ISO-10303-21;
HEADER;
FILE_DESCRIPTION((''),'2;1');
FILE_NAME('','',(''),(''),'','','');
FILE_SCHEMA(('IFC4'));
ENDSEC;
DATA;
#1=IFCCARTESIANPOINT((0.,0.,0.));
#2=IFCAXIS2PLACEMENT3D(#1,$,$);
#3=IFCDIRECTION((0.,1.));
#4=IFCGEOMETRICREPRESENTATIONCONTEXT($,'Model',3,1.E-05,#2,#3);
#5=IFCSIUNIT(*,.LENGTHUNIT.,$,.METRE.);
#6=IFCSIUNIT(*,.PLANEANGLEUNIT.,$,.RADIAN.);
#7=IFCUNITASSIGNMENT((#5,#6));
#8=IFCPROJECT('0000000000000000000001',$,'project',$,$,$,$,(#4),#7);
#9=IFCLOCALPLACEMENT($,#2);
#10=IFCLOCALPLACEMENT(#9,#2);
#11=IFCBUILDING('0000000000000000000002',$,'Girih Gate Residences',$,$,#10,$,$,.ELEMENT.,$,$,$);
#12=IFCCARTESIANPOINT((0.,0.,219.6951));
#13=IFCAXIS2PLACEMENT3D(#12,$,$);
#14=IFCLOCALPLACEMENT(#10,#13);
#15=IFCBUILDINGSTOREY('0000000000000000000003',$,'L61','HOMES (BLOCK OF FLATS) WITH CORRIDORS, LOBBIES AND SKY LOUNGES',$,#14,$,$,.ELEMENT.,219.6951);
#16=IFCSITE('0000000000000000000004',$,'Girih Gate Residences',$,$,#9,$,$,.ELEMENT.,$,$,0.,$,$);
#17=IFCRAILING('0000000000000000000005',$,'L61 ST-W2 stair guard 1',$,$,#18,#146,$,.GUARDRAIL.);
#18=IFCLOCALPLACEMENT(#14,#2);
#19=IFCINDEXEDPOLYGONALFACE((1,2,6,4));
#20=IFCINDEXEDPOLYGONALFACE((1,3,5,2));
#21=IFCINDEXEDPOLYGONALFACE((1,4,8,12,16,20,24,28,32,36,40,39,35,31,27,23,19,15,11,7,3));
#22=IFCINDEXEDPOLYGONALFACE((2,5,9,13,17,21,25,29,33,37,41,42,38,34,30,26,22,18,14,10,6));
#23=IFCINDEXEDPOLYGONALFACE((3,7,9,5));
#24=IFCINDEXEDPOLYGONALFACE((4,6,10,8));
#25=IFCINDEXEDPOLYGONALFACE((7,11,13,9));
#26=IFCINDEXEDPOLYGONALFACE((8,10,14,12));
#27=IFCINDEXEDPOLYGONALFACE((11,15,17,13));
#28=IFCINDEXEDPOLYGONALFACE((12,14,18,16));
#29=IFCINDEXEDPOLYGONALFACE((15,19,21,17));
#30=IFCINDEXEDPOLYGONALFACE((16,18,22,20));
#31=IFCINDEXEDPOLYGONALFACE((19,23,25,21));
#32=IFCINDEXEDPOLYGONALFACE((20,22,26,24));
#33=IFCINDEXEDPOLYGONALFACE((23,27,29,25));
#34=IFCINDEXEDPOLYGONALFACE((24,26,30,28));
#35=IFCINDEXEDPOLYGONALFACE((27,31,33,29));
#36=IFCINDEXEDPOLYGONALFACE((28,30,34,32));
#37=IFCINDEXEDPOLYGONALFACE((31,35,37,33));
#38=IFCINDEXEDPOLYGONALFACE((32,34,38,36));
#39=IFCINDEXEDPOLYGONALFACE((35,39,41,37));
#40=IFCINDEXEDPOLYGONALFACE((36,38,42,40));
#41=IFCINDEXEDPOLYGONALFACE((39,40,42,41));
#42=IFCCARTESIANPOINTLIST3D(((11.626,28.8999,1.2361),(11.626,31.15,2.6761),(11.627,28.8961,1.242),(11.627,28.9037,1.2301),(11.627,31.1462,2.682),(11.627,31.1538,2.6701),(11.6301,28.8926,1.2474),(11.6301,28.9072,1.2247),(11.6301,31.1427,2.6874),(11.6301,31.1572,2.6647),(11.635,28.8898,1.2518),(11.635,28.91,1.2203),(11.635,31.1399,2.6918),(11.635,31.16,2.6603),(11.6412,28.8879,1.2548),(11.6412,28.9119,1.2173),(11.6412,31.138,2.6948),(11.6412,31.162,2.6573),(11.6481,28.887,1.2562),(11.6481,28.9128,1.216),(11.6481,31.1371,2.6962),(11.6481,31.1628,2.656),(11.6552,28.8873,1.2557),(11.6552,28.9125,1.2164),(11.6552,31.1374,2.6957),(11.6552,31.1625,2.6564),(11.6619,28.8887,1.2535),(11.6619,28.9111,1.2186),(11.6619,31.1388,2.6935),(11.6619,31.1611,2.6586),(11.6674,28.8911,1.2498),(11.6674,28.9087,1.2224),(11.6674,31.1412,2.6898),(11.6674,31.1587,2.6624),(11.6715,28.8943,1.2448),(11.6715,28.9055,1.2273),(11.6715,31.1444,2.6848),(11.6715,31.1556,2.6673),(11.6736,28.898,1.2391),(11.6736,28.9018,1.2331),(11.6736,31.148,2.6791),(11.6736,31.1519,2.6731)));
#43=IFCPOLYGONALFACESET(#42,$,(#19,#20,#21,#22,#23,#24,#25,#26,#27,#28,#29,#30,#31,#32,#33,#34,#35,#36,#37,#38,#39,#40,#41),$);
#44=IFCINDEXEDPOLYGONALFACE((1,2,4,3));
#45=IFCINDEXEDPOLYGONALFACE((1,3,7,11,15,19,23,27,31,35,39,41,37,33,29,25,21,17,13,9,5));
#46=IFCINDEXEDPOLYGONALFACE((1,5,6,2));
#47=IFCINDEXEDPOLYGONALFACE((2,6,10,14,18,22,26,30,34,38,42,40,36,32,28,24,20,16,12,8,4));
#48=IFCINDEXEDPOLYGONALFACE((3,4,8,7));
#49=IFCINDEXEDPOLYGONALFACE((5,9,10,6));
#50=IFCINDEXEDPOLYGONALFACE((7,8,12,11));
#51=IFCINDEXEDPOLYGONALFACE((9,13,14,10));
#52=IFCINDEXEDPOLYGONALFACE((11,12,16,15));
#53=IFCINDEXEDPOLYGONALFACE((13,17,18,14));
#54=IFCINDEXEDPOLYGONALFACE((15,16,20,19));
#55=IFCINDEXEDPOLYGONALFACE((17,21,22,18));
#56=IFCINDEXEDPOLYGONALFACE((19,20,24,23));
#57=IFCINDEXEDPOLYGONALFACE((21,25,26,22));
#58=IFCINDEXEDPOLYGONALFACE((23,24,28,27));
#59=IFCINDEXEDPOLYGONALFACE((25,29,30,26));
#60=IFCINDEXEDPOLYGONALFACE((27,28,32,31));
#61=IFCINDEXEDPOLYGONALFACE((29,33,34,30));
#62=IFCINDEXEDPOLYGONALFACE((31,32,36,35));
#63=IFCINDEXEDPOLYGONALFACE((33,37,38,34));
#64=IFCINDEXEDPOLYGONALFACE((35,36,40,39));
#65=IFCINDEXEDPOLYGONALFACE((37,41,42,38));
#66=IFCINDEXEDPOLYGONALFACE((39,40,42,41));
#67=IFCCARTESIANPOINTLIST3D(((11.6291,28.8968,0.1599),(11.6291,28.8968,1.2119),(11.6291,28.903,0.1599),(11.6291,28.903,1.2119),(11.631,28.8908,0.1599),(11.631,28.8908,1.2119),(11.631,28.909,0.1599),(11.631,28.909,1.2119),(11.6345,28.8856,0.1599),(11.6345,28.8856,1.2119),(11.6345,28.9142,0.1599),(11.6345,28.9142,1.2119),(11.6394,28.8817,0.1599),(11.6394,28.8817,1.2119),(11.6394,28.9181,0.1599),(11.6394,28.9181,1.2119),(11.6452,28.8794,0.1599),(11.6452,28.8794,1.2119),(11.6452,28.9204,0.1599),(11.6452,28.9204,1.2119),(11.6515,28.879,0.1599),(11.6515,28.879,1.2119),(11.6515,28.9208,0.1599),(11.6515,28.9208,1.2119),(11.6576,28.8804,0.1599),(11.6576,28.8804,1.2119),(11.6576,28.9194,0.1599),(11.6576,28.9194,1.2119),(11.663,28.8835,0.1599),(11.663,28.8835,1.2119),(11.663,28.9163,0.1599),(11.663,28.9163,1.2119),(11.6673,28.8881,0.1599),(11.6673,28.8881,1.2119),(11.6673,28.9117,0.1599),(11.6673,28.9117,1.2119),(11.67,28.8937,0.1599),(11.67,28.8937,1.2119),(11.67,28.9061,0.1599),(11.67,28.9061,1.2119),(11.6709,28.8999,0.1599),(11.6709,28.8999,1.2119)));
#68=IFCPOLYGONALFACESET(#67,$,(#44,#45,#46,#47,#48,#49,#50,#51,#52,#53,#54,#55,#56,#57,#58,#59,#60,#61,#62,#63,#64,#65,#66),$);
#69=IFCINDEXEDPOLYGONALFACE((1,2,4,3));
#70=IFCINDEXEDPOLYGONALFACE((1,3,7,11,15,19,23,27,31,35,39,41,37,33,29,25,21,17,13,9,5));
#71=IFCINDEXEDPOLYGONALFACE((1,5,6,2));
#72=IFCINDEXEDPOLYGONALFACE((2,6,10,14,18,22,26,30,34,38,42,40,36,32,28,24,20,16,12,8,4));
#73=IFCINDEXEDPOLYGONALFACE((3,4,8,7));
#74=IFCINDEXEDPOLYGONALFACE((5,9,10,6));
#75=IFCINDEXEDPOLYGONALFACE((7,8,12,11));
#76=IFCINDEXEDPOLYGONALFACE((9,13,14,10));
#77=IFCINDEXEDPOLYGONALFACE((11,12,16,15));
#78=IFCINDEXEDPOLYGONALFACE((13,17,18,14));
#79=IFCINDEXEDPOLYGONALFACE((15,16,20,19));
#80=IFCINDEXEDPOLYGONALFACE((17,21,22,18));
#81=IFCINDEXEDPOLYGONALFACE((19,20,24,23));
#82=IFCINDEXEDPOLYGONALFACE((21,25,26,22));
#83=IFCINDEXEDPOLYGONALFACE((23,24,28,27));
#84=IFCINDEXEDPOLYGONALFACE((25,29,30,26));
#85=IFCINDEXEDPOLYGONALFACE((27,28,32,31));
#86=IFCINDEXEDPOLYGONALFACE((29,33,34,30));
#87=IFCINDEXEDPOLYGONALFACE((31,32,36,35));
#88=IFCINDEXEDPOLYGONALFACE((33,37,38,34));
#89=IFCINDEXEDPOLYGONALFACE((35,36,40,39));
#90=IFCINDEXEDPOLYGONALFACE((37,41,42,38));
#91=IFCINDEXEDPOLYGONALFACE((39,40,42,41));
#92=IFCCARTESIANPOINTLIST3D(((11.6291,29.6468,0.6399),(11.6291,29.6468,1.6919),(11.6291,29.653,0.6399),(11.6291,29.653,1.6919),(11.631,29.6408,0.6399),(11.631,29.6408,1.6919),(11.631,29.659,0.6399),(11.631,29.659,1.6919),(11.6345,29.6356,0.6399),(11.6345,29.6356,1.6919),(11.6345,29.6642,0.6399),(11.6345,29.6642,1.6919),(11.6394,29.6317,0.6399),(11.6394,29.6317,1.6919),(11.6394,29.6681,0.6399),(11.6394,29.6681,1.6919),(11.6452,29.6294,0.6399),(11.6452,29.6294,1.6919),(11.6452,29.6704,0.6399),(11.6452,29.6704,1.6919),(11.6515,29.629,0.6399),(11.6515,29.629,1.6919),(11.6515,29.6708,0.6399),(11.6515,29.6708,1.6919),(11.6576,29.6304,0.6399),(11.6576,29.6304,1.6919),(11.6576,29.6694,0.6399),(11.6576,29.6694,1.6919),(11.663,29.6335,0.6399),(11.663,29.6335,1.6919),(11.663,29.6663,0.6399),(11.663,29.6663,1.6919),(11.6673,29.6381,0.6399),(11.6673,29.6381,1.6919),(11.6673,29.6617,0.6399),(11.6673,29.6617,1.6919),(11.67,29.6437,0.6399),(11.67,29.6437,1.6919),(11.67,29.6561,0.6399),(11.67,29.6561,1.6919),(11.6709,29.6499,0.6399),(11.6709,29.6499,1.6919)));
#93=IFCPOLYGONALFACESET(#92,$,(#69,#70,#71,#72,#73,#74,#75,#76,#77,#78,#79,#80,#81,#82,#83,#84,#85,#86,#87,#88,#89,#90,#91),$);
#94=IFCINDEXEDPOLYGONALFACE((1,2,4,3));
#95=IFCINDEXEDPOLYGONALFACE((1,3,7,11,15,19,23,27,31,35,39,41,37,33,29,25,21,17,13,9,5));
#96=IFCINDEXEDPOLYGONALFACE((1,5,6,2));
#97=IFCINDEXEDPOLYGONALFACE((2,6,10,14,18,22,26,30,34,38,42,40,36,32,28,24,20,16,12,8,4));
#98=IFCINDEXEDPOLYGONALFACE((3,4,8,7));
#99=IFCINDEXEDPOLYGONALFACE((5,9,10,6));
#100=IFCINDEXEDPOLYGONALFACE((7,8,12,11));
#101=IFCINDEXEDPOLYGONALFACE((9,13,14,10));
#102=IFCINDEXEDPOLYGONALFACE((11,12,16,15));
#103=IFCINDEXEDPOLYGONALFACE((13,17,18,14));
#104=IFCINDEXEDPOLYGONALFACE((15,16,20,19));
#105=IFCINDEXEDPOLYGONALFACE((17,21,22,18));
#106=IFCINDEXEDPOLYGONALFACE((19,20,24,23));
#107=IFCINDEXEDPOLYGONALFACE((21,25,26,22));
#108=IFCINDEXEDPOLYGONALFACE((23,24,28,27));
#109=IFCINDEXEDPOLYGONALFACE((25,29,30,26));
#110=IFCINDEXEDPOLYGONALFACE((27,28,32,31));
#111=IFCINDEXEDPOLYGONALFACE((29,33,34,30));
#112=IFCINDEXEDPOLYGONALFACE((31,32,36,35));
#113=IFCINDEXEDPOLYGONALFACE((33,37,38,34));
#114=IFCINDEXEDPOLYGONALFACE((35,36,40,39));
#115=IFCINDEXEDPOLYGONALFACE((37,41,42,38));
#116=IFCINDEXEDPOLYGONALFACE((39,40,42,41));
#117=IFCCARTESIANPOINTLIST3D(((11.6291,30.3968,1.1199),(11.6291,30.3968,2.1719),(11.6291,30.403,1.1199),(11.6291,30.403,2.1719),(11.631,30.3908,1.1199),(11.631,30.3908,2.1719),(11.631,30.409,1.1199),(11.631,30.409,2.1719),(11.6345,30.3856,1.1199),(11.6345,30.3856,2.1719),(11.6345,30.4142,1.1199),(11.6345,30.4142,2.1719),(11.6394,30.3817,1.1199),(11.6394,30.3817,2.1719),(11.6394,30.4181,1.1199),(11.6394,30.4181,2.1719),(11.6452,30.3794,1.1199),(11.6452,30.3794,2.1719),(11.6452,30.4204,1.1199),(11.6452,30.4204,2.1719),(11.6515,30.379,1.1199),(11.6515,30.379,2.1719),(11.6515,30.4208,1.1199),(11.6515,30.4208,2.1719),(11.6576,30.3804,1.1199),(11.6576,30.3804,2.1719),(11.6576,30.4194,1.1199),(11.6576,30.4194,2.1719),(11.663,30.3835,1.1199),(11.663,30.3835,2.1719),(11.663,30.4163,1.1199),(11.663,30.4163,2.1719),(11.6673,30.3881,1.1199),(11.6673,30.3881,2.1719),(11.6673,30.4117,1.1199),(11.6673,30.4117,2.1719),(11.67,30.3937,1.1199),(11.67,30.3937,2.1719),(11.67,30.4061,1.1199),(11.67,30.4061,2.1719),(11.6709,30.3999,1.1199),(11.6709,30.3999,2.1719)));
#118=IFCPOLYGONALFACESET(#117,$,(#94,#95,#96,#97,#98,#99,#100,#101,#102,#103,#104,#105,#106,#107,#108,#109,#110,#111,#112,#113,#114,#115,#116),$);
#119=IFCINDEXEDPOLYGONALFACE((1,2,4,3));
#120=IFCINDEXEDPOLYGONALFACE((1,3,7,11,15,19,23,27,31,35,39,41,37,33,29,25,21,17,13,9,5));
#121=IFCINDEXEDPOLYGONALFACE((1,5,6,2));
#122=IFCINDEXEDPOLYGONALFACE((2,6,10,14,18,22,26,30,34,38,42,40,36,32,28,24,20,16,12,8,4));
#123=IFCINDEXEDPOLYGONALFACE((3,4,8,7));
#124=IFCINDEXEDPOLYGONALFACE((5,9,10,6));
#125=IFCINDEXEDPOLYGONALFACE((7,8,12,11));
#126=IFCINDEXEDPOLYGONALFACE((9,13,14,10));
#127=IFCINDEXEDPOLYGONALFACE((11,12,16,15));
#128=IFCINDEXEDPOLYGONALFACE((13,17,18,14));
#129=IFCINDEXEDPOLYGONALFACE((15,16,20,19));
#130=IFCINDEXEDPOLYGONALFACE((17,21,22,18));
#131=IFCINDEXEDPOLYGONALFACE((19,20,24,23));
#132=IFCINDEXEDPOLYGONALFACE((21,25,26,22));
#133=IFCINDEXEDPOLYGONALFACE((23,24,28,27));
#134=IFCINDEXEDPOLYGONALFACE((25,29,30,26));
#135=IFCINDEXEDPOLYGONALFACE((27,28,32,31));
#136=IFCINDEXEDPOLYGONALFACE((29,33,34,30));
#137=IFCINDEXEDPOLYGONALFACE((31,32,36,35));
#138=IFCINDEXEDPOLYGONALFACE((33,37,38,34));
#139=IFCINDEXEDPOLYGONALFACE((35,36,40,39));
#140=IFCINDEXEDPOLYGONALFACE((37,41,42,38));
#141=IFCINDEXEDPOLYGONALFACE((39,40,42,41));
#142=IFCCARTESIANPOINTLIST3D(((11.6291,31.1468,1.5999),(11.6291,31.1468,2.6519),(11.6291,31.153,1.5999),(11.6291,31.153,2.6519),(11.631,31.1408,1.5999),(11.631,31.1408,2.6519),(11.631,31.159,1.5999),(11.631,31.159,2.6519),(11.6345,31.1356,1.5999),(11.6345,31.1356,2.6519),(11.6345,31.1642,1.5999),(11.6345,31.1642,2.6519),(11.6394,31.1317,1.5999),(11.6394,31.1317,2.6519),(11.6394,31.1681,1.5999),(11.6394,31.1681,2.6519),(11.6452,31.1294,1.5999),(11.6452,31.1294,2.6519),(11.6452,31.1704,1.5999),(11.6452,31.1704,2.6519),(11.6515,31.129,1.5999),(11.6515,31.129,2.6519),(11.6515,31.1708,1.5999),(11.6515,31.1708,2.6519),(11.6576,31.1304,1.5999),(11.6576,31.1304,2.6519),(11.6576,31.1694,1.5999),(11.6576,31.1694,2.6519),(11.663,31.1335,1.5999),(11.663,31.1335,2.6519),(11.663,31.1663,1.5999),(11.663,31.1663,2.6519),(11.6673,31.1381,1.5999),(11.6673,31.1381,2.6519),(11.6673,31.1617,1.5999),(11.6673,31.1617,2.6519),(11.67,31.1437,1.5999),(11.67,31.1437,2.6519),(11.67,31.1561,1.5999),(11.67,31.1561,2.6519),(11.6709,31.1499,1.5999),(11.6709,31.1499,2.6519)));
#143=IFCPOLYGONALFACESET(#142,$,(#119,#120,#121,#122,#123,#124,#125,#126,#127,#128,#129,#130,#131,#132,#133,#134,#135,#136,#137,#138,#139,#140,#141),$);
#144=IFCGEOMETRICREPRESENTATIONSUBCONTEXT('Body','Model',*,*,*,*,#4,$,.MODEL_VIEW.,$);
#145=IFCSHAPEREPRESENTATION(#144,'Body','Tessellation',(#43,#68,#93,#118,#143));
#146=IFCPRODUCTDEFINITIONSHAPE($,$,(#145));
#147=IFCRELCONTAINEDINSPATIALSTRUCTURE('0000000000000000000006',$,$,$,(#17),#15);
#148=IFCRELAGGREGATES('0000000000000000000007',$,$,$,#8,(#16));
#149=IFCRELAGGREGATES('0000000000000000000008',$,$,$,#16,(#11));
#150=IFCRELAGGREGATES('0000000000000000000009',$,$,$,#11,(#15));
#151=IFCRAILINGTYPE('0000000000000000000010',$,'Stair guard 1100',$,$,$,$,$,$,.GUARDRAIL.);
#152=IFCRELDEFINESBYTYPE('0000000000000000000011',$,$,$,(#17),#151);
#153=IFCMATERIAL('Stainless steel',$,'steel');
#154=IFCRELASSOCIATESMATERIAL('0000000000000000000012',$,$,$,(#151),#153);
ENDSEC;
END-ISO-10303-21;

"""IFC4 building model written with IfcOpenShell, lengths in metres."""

from ifc_helpers import new_model, si_unit, direction, frame, origin, origin_2d, place, context, subcontext, project, spatial, circle, extrude, material, type_object, element, save


model = new_model("IFC4")

# Units and contexts
model_context = context("Model", 3, precision=1e-05, world=origin(), true_north=direction((0.0, 1.0)))
body_context = subcontext(model_context, "Body", "Model", "MODEL_VIEW")
ifc_project = project(units=[si_unit("LENGTHUNIT", "METRE"), si_unit("PLANEANGLEUNIT", "RADIAN")], contexts=[model_context])

# Site, building, storey
site_placement = place(None, origin())
site = spatial("IfcSite", under=ifc_project, at=site_placement, Name="Girih Gate Residences", CompositionType="ELEMENT", RefElevation=0.0)
building_placement = place(site_placement, origin())
building = spatial("IfcBuilding", under=site, at=building_placement, Name="Girih Gate Residences", CompositionType="ELEMENT")
storey_placement = place(building_placement, frame((0.0, 0.0, 219.6951)))
storey = spatial("IfcBuildingStorey", under=building, at=storey_placement, Name="L61", Description="HOMES (BLOCK OF FLATS) WITH CORRIDORS, LOBBIES AND SKY LOUNGES", CompositionType="ELEMENT", Elevation=219.6951)

# Railing
ifc_material_1 = material(Name="Stainless steel", Category="steel")
railing_type_1 = type_object("IfcRailingType", Name="Stair guard 1100", PredefinedType="GUARDRAIL", material=ifc_material_1)
railing_1_placement = place(storey_placement, frame((11.6499, 28.8999, 0.1599)))
element("IfcRailing", 1, at=railing_1_placement, inside=storey, type_object=railing_type_1, Name="L61 ST-W2 stair guard 1", PredefinedType="GUARDRAIL", context=body_context, shape_type="SweptSolid", body=[
    extrude(circle(Radius=0.0239, at=origin_2d()), frame((0.0, 0.0, 1.0762), z_axis=(0.0, 0.842281, 0.539038), x_axis=(-1.0, 0.0, 0.0)), (0.0, 0.0, 1.0), 2.6714),
    extrude(circle(Radius=0.021, at=origin_2d()), origin(), (0.0, 0.0, 1.0), 1.052),
    extrude(circle(Radius=0.021, at=origin_2d()), frame((0.0, 0.75, 0.48)), (0.0, 0.0, 1.0), 1.052),
    extrude(circle(Radius=0.021, at=origin_2d()), frame((0.0, 1.5, 0.96)), (0.0, 0.0, 1.0), 1.052),
    extrude(circle(Radius=0.021, at=origin_2d()), frame((0.0, 2.25, 1.4399)), (0.0, 0.0, 1.0), 1.052),
])

save(model, "model.ifc")
